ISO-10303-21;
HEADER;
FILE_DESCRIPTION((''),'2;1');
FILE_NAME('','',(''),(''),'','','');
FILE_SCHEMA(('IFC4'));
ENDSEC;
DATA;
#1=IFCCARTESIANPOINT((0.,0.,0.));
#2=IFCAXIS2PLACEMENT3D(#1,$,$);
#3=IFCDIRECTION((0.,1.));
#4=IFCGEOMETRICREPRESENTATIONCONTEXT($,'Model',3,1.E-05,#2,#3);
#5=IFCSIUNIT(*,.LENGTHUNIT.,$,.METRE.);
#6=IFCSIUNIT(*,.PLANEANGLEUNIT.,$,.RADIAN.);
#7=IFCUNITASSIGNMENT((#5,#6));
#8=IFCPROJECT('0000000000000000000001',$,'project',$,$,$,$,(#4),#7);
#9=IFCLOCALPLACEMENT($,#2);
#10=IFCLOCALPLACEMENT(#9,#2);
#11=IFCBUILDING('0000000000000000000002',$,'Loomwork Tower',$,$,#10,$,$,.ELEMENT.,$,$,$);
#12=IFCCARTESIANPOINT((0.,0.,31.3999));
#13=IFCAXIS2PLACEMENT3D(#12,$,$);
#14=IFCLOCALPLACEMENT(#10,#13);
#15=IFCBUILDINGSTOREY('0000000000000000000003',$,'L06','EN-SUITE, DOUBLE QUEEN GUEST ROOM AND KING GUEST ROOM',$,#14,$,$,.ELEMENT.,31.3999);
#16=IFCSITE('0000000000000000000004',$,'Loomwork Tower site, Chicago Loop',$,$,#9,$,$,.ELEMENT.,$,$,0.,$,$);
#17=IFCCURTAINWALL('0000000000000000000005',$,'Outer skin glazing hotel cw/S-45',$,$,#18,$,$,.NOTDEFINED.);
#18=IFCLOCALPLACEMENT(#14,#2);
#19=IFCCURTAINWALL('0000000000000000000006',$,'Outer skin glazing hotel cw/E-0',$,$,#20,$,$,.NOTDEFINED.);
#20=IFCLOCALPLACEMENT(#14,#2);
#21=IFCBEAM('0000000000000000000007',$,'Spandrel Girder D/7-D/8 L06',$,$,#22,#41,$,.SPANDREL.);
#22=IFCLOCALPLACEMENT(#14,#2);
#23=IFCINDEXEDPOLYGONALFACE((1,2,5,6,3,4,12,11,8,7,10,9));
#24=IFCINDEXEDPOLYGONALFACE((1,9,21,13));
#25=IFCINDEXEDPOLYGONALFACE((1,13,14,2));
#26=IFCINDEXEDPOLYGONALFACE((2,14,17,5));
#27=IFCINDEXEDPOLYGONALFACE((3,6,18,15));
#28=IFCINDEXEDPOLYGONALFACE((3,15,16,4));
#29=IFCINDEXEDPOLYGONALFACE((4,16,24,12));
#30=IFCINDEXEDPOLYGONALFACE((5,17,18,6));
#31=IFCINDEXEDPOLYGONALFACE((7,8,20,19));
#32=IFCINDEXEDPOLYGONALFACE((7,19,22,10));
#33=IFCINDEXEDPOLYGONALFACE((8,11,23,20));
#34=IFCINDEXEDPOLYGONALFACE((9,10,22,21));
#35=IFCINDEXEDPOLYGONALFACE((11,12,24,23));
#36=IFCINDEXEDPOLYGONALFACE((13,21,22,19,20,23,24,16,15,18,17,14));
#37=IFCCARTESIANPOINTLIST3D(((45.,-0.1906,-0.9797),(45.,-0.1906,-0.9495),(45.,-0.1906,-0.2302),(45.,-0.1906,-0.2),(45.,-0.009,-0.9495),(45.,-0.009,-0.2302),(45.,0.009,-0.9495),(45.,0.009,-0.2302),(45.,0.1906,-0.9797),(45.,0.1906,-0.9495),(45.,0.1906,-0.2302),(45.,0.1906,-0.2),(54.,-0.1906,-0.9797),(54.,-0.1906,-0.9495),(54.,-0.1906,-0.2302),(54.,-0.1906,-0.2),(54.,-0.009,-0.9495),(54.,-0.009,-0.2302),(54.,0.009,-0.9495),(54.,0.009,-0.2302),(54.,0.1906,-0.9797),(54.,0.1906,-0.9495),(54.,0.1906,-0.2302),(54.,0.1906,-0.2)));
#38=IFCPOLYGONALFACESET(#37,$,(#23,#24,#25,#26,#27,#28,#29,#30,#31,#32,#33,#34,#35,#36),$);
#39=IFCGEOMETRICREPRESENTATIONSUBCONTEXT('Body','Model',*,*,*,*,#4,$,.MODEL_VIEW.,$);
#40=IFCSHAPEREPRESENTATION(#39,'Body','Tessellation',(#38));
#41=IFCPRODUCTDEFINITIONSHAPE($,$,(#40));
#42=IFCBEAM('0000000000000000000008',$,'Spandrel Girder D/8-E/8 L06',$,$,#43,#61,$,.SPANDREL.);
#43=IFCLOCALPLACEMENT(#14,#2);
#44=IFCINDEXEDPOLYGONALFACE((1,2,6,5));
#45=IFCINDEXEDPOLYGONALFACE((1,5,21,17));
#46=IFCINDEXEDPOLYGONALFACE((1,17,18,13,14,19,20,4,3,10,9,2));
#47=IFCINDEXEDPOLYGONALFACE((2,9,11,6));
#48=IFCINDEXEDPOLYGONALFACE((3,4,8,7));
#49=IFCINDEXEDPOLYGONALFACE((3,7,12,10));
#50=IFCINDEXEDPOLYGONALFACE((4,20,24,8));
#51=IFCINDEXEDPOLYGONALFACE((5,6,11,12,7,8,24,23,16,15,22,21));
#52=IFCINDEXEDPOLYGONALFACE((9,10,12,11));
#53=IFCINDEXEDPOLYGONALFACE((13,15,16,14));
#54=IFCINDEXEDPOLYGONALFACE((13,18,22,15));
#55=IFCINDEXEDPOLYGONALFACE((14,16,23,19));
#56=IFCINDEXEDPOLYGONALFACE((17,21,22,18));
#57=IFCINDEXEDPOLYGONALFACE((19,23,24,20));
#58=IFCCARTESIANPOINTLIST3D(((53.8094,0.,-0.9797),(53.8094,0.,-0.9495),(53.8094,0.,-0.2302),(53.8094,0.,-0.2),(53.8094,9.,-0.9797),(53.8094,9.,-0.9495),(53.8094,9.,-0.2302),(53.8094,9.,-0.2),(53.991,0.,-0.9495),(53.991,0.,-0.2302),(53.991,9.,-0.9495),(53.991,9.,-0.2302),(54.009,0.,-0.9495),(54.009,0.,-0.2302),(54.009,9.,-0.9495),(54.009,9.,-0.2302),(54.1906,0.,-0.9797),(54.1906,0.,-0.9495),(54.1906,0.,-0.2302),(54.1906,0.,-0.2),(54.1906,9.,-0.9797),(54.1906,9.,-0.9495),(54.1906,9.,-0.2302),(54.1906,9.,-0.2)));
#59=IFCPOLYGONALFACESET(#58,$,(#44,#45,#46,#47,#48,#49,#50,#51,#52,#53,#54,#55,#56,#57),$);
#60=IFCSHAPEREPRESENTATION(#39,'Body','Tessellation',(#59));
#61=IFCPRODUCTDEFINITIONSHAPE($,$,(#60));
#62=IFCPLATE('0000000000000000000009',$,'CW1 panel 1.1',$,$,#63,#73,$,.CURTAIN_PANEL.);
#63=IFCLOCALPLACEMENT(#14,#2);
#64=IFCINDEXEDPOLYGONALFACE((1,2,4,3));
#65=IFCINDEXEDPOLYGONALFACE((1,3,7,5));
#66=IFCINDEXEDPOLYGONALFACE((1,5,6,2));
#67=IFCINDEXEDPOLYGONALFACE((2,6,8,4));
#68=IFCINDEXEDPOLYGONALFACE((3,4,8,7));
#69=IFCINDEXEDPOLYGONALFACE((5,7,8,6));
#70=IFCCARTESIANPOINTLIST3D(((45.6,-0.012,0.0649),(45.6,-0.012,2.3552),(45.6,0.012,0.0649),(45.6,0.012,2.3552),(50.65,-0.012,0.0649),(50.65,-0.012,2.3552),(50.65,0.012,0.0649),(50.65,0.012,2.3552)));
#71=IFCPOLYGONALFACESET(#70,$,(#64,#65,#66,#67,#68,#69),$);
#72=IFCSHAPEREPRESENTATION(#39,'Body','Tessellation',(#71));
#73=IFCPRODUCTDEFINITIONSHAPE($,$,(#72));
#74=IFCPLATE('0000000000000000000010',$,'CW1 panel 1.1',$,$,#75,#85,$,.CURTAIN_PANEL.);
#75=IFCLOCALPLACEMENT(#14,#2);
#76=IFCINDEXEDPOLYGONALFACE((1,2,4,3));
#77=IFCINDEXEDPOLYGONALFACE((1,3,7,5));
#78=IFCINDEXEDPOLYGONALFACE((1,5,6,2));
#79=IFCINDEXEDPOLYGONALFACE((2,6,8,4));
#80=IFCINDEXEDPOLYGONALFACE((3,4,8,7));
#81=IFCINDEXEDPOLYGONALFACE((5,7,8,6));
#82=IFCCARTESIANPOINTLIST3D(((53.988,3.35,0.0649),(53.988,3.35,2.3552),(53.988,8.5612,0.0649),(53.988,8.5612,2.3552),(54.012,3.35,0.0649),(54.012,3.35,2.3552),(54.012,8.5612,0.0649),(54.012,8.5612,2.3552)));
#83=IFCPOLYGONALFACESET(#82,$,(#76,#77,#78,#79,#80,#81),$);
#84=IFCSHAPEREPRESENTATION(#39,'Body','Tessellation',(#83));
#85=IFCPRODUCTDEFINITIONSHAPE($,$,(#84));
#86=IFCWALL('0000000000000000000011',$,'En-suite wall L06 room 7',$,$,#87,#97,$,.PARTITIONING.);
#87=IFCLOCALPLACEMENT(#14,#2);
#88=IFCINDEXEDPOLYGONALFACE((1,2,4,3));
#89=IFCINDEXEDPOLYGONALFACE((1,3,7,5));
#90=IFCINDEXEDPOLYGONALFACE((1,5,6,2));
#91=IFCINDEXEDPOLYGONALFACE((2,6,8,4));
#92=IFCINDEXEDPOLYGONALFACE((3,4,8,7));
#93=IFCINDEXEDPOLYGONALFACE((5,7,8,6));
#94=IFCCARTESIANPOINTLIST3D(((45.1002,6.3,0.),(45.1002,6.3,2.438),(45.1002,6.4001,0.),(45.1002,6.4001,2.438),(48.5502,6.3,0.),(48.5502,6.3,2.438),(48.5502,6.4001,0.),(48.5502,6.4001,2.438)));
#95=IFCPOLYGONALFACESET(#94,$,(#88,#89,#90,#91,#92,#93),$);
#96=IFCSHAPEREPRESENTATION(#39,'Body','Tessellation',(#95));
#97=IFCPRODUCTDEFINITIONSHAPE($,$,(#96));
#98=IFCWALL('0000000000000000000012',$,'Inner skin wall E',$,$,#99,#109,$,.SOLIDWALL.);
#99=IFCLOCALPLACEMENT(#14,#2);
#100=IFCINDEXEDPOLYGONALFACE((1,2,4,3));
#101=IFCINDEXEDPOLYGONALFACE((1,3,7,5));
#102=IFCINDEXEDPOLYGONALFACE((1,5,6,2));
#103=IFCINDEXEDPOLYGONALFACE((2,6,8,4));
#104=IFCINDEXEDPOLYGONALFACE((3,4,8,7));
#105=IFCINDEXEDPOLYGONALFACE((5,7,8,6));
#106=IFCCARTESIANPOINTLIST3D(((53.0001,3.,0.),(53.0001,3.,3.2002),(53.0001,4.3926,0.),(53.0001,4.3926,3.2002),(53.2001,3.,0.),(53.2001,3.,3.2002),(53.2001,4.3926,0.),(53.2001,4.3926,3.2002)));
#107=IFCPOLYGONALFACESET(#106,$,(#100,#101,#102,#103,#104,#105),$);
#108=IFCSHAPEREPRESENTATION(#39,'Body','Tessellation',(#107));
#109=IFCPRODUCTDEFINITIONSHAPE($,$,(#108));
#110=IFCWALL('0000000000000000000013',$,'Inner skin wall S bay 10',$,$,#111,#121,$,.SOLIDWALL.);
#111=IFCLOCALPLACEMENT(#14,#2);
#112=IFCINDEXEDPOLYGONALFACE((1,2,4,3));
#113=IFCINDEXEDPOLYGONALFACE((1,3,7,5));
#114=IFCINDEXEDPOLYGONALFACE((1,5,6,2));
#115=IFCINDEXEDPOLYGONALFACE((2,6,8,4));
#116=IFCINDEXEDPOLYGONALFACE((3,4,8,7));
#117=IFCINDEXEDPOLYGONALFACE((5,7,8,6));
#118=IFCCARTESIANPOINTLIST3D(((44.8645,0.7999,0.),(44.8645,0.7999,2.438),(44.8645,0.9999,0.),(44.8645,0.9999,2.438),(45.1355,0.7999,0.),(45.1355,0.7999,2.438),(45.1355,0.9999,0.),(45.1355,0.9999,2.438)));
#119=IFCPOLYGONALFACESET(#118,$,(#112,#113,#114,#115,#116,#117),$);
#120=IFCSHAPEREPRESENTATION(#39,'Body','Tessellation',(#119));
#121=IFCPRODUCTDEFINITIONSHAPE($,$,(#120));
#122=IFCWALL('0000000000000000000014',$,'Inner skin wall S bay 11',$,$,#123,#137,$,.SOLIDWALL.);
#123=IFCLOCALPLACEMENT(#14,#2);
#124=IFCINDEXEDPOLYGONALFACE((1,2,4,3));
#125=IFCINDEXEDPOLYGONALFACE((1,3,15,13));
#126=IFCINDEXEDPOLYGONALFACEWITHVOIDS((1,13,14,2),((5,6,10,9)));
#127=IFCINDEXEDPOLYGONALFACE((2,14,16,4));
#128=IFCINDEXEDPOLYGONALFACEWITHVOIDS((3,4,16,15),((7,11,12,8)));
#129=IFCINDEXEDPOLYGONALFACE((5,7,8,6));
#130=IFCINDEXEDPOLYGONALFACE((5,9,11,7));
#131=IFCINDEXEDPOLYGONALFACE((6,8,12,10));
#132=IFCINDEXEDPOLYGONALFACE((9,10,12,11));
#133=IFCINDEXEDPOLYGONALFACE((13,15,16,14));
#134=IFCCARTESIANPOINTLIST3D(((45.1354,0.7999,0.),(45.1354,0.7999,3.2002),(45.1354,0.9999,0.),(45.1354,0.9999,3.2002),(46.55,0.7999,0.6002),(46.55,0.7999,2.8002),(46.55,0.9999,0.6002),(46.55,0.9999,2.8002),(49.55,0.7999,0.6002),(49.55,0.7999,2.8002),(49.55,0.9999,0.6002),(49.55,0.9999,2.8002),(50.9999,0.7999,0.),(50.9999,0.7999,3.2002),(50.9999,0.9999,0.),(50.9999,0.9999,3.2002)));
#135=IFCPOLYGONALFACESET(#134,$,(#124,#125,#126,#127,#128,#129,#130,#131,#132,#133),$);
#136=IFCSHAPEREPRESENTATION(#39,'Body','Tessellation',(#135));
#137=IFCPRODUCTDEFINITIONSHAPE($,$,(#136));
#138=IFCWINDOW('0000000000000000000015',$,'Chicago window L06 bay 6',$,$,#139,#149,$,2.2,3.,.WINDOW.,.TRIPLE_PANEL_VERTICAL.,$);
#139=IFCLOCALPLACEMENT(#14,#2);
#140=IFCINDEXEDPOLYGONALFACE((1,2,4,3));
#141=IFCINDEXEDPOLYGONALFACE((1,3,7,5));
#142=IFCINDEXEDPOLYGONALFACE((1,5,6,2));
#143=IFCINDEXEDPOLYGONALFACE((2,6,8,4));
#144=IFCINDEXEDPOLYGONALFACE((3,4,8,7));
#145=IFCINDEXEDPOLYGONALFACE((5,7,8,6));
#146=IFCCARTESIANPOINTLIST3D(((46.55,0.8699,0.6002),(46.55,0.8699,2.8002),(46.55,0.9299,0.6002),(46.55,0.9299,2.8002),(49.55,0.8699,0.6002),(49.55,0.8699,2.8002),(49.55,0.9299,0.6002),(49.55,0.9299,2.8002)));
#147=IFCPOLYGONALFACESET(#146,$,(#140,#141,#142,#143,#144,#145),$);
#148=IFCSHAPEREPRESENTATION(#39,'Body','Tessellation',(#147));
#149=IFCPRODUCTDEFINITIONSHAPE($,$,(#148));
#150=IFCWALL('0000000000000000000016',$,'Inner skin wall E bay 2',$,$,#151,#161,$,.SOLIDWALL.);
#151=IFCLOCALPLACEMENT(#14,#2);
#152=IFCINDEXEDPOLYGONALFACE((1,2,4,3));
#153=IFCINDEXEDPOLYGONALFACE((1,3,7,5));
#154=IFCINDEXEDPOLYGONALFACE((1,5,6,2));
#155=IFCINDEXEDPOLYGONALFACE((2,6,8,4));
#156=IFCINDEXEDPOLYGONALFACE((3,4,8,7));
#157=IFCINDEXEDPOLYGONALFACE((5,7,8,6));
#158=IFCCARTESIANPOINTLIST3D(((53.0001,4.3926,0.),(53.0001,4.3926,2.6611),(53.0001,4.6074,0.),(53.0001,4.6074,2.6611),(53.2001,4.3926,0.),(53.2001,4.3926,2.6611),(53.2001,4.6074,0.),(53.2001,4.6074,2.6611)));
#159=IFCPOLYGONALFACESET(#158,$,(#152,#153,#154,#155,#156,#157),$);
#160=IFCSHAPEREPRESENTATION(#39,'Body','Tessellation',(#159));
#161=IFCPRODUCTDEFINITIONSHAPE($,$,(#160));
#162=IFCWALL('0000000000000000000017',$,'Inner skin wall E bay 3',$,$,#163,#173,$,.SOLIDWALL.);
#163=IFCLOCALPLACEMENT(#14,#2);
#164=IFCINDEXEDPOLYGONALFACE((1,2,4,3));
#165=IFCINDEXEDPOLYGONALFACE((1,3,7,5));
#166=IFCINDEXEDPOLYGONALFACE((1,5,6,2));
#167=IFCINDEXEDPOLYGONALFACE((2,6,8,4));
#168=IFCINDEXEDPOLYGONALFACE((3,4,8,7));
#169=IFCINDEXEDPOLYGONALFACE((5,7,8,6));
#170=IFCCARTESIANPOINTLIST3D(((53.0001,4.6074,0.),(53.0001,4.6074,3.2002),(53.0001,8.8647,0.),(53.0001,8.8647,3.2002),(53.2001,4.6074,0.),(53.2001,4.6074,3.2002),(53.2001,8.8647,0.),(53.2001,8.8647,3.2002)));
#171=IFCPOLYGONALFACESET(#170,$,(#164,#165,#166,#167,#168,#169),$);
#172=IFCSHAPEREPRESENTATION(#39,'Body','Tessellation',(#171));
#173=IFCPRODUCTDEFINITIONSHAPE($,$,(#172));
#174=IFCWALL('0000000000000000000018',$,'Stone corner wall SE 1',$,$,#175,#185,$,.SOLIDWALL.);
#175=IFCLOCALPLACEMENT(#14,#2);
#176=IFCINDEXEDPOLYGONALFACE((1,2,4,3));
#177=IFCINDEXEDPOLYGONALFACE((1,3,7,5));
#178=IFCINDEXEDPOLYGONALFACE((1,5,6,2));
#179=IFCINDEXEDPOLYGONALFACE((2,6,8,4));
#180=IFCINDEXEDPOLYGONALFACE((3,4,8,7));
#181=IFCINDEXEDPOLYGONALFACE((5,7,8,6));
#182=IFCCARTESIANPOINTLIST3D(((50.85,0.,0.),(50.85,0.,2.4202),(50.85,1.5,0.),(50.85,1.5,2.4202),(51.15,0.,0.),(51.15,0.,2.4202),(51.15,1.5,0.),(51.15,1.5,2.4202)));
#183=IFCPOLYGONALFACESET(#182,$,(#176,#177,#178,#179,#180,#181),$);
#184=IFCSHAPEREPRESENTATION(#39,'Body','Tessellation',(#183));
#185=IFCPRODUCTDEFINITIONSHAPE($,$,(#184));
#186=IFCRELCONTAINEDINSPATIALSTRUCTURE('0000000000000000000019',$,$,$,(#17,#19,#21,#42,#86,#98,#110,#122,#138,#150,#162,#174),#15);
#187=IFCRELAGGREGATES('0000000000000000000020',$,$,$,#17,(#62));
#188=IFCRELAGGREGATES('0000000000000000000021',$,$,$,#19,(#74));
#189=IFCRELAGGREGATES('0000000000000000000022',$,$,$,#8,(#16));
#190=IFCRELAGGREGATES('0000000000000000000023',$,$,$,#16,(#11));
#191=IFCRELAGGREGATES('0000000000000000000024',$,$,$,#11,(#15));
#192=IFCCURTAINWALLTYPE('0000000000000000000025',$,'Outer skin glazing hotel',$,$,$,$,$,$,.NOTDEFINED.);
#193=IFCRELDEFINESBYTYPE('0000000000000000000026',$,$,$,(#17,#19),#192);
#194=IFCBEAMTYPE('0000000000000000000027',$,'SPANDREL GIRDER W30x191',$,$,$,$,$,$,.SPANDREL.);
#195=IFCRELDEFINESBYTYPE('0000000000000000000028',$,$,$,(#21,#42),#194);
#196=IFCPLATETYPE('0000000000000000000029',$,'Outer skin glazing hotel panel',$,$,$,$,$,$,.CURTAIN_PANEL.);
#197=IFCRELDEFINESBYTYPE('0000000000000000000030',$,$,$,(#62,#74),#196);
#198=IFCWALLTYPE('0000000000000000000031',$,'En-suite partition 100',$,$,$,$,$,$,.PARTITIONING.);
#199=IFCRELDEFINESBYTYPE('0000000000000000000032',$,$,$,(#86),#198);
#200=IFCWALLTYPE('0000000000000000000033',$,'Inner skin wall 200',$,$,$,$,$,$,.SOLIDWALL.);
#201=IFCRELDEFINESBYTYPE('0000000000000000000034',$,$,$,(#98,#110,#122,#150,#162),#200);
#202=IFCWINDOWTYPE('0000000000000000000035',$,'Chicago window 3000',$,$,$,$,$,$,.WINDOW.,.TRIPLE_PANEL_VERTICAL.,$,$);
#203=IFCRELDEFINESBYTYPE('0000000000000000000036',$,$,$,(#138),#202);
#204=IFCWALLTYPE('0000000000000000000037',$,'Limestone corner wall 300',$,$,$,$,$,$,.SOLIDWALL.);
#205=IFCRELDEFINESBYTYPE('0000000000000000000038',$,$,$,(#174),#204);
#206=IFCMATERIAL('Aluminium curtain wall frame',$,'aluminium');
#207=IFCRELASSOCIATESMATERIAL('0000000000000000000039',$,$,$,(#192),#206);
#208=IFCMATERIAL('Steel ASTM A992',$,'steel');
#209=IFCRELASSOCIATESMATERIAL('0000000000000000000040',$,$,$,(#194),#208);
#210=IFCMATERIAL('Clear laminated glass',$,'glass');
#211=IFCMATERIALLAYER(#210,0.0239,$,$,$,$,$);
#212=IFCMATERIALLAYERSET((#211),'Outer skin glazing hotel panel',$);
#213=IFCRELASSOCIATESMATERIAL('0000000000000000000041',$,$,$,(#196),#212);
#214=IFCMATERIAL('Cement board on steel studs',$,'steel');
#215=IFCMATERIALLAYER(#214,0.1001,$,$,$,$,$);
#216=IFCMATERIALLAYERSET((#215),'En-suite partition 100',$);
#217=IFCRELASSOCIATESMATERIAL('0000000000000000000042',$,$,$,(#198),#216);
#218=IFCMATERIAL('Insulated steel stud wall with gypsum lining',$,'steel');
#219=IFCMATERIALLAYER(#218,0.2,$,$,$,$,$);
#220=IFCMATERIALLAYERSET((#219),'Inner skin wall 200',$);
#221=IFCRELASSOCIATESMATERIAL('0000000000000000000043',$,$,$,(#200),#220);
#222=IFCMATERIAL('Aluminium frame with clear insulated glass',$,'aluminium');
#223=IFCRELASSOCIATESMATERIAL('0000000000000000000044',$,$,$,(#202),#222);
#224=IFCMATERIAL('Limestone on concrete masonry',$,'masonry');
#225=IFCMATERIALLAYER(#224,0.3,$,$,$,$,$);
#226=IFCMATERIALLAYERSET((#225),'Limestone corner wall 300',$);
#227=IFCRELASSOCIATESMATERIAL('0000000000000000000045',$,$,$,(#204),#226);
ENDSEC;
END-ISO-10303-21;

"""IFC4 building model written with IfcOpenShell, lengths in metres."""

from ifc_helpers import new_model, si_unit, direction, frame, frame_2d, origin, origin_2d, place, context, subcontext, project, spatial, rectangle, i_section, extrude, material, layer, layer_set, material_profile, profile_set, type_object, element, fill, aggregate, save


model = new_model("IFC4")

# Units and contexts
model_context = context("Model", 3, precision=1e-05, world=origin(), true_north=direction((0.0, 1.0)))
body_context = subcontext(model_context, "Body", "Model", "MODEL_VIEW")
ifc_project = project(units=[si_unit("LENGTHUNIT", "METRE"), si_unit("PLANEANGLEUNIT", "RADIAN")], contexts=[model_context])

# Site, building, storey
site_placement = place(None, origin())
site = spatial("IfcSite", under=ifc_project, at=site_placement, Name="Loomwork Tower site, Chicago Loop", CompositionType="ELEMENT", RefElevation=0.0)
building_placement = place(site_placement, origin())
building = spatial("IfcBuilding", under=site, at=building_placement, Name="Loomwork Tower", CompositionType="ELEMENT")
storey_placement = place(building_placement, frame((0.0, 0.0, 31.3999)))
storey = spatial("IfcBuildingStorey", under=building, at=storey_placement, Name="L06", Description="EN-SUITE, DOUBLE QUEEN GUEST ROOM AND KING GUEST ROOM", CompositionType="ELEMENT", Elevation=31.3999)

# Shared definitions
ifc_material_1 = material(Name="Aluminium curtain wall frame", Category="aluminium")
curtain_wall_type = type_object("IfcCurtainWallType", Name="Outer skin glazing hotel", PredefinedType="NOTDEFINED", material=ifc_material_1)

# Curtain wall
curtain_wall_1_placement = place(storey_placement, origin())
curtain_wall_1 = element("IfcCurtainWall", 1, at=curtain_wall_1_placement, inside=storey, type_object=curtain_wall_type, Name="Outer skin glazing hotel cw/S-45", PredefinedType="NOTDEFINED")

# Curtain wall
curtain_wall_2_placement = place(storey_placement, origin())
curtain_wall_2 = element("IfcCurtainWall", 2, at=curtain_wall_2_placement, inside=storey, type_object=curtain_wall_type, Name="Outer skin glazing hotel cw/E-0", PredefinedType="NOTDEFINED")

# Beams
ifc_material_2 = material(Name="Steel ASTM A992", Category="steel")
ifc_material_profile_1 = material_profile(ifc_material_2, i_section(OverallWidth=0.3811, OverallDepth=0.7798, WebThickness=0.0181, FlangeThickness=0.0303, at=origin_2d()), Name="W30x191")
ifc_profile_set_1 = profile_set([ifc_material_profile_1], Name="Steel ASTM A992")
beam_type_1 = type_object("IfcBeamType", Name="SPANDREL GIRDER W30x191", PredefinedType="SPANDREL", material=ifc_profile_set_1)
for number, where, z_axis, x_axis, name in (
    (3, (45.0, 0.0, -0.5898), (1.0, 0.0, 0.0), (0.0, 1.0, 0.0), "Spandrel Girder D/7-D/8 L06"),
    (4, (54.0, 0.0, -0.5898), (0.0, 1.0, 0.0), (-1.0, 0.0, 0.0), "Spandrel Girder D/8-E/8 L06"),
):
    element("IfcBeam", number, at=place(storey_placement, frame(where, z_axis=z_axis, x_axis=x_axis)), inside=storey, type_object=beam_type_1, Name=name, PredefinedType="SPANDREL", context=body_context, shape_type="SweptSolid", body=[
        extrude(i_section(OverallWidth=0.3811, OverallDepth=0.7798, WebThickness=0.0181, FlangeThickness=0.0303, at=origin_2d()), origin(), (0.0, 0.0, 1.0), 9.0),
    ])

# Plates
ifc_material_3 = material(Name="Clear laminated glass", Category="glass")
ifc_layer_1 = layer(ifc_material_3, 0.0239)
ifc_layer_set_1 = layer_set([ifc_layer_1], Name="Outer skin glazing hotel panel")
plate_type = type_object("IfcPlateType", Name="Outer skin glazing hotel panel", PredefinedType="CURTAIN_PANEL", material=ifc_layer_set_1)
plate_1_placement = place(storey_placement, frame((48.125, 0.0, 0.0649), z_axis=(0.0, 0.0, 1.0), x_axis=(1.0, 0.0, 0.0)))
plate_1 = element("IfcPlate", 5, at=plate_1_placement, type_object=plate_type, Name="CW1 panel 1.1", PredefinedType="CURTAIN_PANEL", context=body_context, shape_type="SweptSolid", body=[
    extrude(rectangle(XDim=5.05, YDim=0.0239, at=origin_2d()), origin(), (0.0, 0.0, 1.0), 2.2903),
])
aggregate(curtain_wall_1, [plate_1])
plate_2_placement = place(storey_placement, frame((54.0, 5.9556, 0.0649), z_axis=(0.0, 0.0, 1.0), x_axis=(0.0, 1.0, 0.0)))
plate_2 = element("IfcPlate", 6, at=plate_2_placement, type_object=plate_type, Name="CW1 panel 1.1", PredefinedType="CURTAIN_PANEL", context=body_context, shape_type="SweptSolid", body=[
    extrude(rectangle(XDim=5.2112, YDim=0.0239, at=origin_2d()), origin(), (0.0, 0.0, 1.0), 2.2903),
])
aggregate(curtain_wall_2, [plate_2])

# Walls
ifc_material_4 = material(Name="Cement board on steel studs", Category="steel")
ifc_layer_2 = layer(ifc_material_4, 0.1001)
ifc_layer_set_2 = layer_set([ifc_layer_2], Name="En-suite partition 100")
wall_type_1 = type_object("IfcWallType", Name="En-suite partition 100", PredefinedType="PARTITIONING", material=ifc_layer_set_2)
wall_1_placement = place(storey_placement, frame((45.1001, 6.3501, 0.0), z_axis=(0.0, 0.0, 1.0), x_axis=(1.0, 0.0, 0.0)))
element("IfcWall", 7, at=wall_1_placement, inside=storey, type_object=wall_type_1, Name="En-suite wall L06 room 7", PredefinedType="PARTITIONING", context=body_context, shape_type="SweptSolid", body=[
    extrude(rectangle(XDim=3.45, YDim=0.1001, at=frame_2d((1.7251, 0.0))), origin(), (0.0, 0.0, 1.0), 2.438),
])
ifc_material_5 = material(Name="Insulated steel stud wall with gypsum lining", Category="steel")
ifc_layer_3 = layer(ifc_material_5, 0.2)
ifc_layer_set_3 = layer_set([ifc_layer_3], Name="Inner skin wall 200")
wall_type_2 = type_object("IfcWallType", Name="Inner skin wall 200", PredefinedType="SOLIDWALL", material=ifc_layer_set_3)
wall_2_placement = place(storey_placement, frame((53.1001, 3.0, 0.0), z_axis=(0.0, 0.0, 1.0), x_axis=(0.0, 1.0, 0.0)))
element("IfcWall", 8, at=wall_2_placement, inside=storey, type_object=wall_type_2, Name="Inner skin wall E", PredefinedType="SOLIDWALL", context=body_context, shape_type="SweptSolid", body=[
    extrude(rectangle(XDim=1.3926, YDim=0.2, at=frame_2d((0.6963, 0.0))), origin(), (0.0, 0.0, 1.0), 3.2002),
])
wall_3_placement = place(storey_placement, frame((44.8645, 0.8999, 0.0), z_axis=(0.0, 0.0, 1.0), x_axis=(1.0, 0.0, 0.0)))
element("IfcWall", 9, at=wall_3_placement, inside=storey, type_object=wall_type_2, Name="Inner skin wall S bay 10", PredefinedType="SOLIDWALL", context=body_context, shape_type="SweptSolid", body=[
    extrude(rectangle(XDim=0.271, YDim=0.2, at=frame_2d((0.1355, 0.0))), origin(), (0.0, 0.0, 1.0), 2.438),
])

# Wall, opening, window
wall_4_placement = place(storey_placement, frame((45.1355, 0.8999, 0.0), z_axis=(0.0, 0.0, 1.0), x_axis=(1.0, 0.0, 0.0)))
wall_4 = element("IfcWall", 10, at=wall_4_placement, inside=storey, type_object=wall_type_2, Name="Inner skin wall S bay 11", PredefinedType="SOLIDWALL", context=body_context, shape_type="SweptSolid", body=[
    extrude(rectangle(XDim=5.8645, YDim=0.2, at=frame_2d((2.9321, 0.0))), origin(), (0.0, 0.0, 1.0), 3.2002),
])
opening_1_placement = place(wall_4_placement, frame((1.4146, 0.0, 0.6001)))
opening_1 = element("IfcOpeningElement", 11, at=opening_1_placement, cuts=wall_4, PredefinedType="OPENING", context=body_context, shape_type="SweptSolid", body=[
    extrude(rectangle(XDim=3.0, YDim=2.2, at=frame_2d((1.5, 1.1001))), frame((0.0, 0.1099, 0.0), z_axis=(0.0, -1.0, 0.0), x_axis=(1.0, 0.0, 0.0)), (0.0, 0.0, 1.0), 0.22),
])
ifc_material_6 = material(Name="Aluminium frame with clear insulated glass", Category="aluminium")
window_type_1 = type_object("IfcWindowType", Name="Chicago window 3000", PartitioningType="TRIPLE_PANEL_VERTICAL", PredefinedType="WINDOW", material=ifc_material_6)
window_1_placement = place(opening_1_placement, origin())
window_1 = element("IfcWindow", 12, at=window_1_placement, inside=storey, type_object=window_type_1, Name="Chicago window L06 bay 6", OverallHeight=2.2, OverallWidth=3.0, PartitioningType="TRIPLE_PANEL_VERTICAL", PredefinedType="WINDOW", context=body_context, shape_type="SweptSolid", body=[
    extrude(rectangle(XDim=3.0, YDim=2.2, at=frame_2d((1.5, 1.1001))), frame((0.0, 0.03, 0.0), z_axis=(0.0, -1.0, 0.0), x_axis=(1.0, 0.0, 0.0)), (0.0, 0.0, 1.0), 0.0601),
])
fill(opening_1, window_1)

# Walls
wall_5_placement = place(storey_placement, frame((53.1001, 4.3926, 0.0), z_axis=(0.0, 0.0, 1.0), x_axis=(0.0, 1.0, 0.0)))
element("IfcWall", 13, at=wall_5_placement, inside=storey, type_object=wall_type_2, Name="Inner skin wall E bay 2", PredefinedType="SOLIDWALL", context=body_context, shape_type="SweptSolid", body=[
    extrude(rectangle(XDim=0.2148, YDim=0.2, at=frame_2d((0.1074, 0.0))), origin(), (0.0, 0.0, 1.0), 2.6611),
])
wall_6_placement = place(storey_placement, frame((53.1001, 4.6074, 0.0), z_axis=(0.0, 0.0, 1.0), x_axis=(0.0, 1.0, 0.0)))
element("IfcWall", 14, at=wall_6_placement, inside=storey, type_object=wall_type_2, Name="Inner skin wall E bay 3", PredefinedType="SOLIDWALL", context=body_context, shape_type="SweptSolid", body=[
    extrude(rectangle(XDim=4.2573, YDim=0.2, at=frame_2d((2.1287, 0.0))), origin(), (0.0, 0.0, 1.0), 3.2002),
])
ifc_material_7 = material(Name="Limestone on concrete masonry", Category="masonry")
ifc_layer_4 = layer(ifc_material_7, 0.3)
ifc_layer_set_4 = layer_set([ifc_layer_4], Name="Limestone corner wall 300")
wall_type_3 = type_object("IfcWallType", Name="Limestone corner wall 300", PredefinedType="SOLIDWALL", material=ifc_layer_set_4)
wall_7_placement = place(storey_placement, frame((51.0, 0.0, 0.0), z_axis=(0.0, 0.0, 1.0), x_axis=(0.0, 1.0, 0.0)))
element("IfcWall", 15, at=wall_7_placement, inside=storey, type_object=wall_type_3, Name="Stone corner wall SE 1", PredefinedType="SOLIDWALL", context=body_context, shape_type="SweptSolid", body=[
    extrude(rectangle(XDim=1.5, YDim=0.3, at=frame_2d((0.75, 0.0))), origin(), (0.0, 0.0, 1.0), 2.4202),
])

save(model, "model.ifc")
